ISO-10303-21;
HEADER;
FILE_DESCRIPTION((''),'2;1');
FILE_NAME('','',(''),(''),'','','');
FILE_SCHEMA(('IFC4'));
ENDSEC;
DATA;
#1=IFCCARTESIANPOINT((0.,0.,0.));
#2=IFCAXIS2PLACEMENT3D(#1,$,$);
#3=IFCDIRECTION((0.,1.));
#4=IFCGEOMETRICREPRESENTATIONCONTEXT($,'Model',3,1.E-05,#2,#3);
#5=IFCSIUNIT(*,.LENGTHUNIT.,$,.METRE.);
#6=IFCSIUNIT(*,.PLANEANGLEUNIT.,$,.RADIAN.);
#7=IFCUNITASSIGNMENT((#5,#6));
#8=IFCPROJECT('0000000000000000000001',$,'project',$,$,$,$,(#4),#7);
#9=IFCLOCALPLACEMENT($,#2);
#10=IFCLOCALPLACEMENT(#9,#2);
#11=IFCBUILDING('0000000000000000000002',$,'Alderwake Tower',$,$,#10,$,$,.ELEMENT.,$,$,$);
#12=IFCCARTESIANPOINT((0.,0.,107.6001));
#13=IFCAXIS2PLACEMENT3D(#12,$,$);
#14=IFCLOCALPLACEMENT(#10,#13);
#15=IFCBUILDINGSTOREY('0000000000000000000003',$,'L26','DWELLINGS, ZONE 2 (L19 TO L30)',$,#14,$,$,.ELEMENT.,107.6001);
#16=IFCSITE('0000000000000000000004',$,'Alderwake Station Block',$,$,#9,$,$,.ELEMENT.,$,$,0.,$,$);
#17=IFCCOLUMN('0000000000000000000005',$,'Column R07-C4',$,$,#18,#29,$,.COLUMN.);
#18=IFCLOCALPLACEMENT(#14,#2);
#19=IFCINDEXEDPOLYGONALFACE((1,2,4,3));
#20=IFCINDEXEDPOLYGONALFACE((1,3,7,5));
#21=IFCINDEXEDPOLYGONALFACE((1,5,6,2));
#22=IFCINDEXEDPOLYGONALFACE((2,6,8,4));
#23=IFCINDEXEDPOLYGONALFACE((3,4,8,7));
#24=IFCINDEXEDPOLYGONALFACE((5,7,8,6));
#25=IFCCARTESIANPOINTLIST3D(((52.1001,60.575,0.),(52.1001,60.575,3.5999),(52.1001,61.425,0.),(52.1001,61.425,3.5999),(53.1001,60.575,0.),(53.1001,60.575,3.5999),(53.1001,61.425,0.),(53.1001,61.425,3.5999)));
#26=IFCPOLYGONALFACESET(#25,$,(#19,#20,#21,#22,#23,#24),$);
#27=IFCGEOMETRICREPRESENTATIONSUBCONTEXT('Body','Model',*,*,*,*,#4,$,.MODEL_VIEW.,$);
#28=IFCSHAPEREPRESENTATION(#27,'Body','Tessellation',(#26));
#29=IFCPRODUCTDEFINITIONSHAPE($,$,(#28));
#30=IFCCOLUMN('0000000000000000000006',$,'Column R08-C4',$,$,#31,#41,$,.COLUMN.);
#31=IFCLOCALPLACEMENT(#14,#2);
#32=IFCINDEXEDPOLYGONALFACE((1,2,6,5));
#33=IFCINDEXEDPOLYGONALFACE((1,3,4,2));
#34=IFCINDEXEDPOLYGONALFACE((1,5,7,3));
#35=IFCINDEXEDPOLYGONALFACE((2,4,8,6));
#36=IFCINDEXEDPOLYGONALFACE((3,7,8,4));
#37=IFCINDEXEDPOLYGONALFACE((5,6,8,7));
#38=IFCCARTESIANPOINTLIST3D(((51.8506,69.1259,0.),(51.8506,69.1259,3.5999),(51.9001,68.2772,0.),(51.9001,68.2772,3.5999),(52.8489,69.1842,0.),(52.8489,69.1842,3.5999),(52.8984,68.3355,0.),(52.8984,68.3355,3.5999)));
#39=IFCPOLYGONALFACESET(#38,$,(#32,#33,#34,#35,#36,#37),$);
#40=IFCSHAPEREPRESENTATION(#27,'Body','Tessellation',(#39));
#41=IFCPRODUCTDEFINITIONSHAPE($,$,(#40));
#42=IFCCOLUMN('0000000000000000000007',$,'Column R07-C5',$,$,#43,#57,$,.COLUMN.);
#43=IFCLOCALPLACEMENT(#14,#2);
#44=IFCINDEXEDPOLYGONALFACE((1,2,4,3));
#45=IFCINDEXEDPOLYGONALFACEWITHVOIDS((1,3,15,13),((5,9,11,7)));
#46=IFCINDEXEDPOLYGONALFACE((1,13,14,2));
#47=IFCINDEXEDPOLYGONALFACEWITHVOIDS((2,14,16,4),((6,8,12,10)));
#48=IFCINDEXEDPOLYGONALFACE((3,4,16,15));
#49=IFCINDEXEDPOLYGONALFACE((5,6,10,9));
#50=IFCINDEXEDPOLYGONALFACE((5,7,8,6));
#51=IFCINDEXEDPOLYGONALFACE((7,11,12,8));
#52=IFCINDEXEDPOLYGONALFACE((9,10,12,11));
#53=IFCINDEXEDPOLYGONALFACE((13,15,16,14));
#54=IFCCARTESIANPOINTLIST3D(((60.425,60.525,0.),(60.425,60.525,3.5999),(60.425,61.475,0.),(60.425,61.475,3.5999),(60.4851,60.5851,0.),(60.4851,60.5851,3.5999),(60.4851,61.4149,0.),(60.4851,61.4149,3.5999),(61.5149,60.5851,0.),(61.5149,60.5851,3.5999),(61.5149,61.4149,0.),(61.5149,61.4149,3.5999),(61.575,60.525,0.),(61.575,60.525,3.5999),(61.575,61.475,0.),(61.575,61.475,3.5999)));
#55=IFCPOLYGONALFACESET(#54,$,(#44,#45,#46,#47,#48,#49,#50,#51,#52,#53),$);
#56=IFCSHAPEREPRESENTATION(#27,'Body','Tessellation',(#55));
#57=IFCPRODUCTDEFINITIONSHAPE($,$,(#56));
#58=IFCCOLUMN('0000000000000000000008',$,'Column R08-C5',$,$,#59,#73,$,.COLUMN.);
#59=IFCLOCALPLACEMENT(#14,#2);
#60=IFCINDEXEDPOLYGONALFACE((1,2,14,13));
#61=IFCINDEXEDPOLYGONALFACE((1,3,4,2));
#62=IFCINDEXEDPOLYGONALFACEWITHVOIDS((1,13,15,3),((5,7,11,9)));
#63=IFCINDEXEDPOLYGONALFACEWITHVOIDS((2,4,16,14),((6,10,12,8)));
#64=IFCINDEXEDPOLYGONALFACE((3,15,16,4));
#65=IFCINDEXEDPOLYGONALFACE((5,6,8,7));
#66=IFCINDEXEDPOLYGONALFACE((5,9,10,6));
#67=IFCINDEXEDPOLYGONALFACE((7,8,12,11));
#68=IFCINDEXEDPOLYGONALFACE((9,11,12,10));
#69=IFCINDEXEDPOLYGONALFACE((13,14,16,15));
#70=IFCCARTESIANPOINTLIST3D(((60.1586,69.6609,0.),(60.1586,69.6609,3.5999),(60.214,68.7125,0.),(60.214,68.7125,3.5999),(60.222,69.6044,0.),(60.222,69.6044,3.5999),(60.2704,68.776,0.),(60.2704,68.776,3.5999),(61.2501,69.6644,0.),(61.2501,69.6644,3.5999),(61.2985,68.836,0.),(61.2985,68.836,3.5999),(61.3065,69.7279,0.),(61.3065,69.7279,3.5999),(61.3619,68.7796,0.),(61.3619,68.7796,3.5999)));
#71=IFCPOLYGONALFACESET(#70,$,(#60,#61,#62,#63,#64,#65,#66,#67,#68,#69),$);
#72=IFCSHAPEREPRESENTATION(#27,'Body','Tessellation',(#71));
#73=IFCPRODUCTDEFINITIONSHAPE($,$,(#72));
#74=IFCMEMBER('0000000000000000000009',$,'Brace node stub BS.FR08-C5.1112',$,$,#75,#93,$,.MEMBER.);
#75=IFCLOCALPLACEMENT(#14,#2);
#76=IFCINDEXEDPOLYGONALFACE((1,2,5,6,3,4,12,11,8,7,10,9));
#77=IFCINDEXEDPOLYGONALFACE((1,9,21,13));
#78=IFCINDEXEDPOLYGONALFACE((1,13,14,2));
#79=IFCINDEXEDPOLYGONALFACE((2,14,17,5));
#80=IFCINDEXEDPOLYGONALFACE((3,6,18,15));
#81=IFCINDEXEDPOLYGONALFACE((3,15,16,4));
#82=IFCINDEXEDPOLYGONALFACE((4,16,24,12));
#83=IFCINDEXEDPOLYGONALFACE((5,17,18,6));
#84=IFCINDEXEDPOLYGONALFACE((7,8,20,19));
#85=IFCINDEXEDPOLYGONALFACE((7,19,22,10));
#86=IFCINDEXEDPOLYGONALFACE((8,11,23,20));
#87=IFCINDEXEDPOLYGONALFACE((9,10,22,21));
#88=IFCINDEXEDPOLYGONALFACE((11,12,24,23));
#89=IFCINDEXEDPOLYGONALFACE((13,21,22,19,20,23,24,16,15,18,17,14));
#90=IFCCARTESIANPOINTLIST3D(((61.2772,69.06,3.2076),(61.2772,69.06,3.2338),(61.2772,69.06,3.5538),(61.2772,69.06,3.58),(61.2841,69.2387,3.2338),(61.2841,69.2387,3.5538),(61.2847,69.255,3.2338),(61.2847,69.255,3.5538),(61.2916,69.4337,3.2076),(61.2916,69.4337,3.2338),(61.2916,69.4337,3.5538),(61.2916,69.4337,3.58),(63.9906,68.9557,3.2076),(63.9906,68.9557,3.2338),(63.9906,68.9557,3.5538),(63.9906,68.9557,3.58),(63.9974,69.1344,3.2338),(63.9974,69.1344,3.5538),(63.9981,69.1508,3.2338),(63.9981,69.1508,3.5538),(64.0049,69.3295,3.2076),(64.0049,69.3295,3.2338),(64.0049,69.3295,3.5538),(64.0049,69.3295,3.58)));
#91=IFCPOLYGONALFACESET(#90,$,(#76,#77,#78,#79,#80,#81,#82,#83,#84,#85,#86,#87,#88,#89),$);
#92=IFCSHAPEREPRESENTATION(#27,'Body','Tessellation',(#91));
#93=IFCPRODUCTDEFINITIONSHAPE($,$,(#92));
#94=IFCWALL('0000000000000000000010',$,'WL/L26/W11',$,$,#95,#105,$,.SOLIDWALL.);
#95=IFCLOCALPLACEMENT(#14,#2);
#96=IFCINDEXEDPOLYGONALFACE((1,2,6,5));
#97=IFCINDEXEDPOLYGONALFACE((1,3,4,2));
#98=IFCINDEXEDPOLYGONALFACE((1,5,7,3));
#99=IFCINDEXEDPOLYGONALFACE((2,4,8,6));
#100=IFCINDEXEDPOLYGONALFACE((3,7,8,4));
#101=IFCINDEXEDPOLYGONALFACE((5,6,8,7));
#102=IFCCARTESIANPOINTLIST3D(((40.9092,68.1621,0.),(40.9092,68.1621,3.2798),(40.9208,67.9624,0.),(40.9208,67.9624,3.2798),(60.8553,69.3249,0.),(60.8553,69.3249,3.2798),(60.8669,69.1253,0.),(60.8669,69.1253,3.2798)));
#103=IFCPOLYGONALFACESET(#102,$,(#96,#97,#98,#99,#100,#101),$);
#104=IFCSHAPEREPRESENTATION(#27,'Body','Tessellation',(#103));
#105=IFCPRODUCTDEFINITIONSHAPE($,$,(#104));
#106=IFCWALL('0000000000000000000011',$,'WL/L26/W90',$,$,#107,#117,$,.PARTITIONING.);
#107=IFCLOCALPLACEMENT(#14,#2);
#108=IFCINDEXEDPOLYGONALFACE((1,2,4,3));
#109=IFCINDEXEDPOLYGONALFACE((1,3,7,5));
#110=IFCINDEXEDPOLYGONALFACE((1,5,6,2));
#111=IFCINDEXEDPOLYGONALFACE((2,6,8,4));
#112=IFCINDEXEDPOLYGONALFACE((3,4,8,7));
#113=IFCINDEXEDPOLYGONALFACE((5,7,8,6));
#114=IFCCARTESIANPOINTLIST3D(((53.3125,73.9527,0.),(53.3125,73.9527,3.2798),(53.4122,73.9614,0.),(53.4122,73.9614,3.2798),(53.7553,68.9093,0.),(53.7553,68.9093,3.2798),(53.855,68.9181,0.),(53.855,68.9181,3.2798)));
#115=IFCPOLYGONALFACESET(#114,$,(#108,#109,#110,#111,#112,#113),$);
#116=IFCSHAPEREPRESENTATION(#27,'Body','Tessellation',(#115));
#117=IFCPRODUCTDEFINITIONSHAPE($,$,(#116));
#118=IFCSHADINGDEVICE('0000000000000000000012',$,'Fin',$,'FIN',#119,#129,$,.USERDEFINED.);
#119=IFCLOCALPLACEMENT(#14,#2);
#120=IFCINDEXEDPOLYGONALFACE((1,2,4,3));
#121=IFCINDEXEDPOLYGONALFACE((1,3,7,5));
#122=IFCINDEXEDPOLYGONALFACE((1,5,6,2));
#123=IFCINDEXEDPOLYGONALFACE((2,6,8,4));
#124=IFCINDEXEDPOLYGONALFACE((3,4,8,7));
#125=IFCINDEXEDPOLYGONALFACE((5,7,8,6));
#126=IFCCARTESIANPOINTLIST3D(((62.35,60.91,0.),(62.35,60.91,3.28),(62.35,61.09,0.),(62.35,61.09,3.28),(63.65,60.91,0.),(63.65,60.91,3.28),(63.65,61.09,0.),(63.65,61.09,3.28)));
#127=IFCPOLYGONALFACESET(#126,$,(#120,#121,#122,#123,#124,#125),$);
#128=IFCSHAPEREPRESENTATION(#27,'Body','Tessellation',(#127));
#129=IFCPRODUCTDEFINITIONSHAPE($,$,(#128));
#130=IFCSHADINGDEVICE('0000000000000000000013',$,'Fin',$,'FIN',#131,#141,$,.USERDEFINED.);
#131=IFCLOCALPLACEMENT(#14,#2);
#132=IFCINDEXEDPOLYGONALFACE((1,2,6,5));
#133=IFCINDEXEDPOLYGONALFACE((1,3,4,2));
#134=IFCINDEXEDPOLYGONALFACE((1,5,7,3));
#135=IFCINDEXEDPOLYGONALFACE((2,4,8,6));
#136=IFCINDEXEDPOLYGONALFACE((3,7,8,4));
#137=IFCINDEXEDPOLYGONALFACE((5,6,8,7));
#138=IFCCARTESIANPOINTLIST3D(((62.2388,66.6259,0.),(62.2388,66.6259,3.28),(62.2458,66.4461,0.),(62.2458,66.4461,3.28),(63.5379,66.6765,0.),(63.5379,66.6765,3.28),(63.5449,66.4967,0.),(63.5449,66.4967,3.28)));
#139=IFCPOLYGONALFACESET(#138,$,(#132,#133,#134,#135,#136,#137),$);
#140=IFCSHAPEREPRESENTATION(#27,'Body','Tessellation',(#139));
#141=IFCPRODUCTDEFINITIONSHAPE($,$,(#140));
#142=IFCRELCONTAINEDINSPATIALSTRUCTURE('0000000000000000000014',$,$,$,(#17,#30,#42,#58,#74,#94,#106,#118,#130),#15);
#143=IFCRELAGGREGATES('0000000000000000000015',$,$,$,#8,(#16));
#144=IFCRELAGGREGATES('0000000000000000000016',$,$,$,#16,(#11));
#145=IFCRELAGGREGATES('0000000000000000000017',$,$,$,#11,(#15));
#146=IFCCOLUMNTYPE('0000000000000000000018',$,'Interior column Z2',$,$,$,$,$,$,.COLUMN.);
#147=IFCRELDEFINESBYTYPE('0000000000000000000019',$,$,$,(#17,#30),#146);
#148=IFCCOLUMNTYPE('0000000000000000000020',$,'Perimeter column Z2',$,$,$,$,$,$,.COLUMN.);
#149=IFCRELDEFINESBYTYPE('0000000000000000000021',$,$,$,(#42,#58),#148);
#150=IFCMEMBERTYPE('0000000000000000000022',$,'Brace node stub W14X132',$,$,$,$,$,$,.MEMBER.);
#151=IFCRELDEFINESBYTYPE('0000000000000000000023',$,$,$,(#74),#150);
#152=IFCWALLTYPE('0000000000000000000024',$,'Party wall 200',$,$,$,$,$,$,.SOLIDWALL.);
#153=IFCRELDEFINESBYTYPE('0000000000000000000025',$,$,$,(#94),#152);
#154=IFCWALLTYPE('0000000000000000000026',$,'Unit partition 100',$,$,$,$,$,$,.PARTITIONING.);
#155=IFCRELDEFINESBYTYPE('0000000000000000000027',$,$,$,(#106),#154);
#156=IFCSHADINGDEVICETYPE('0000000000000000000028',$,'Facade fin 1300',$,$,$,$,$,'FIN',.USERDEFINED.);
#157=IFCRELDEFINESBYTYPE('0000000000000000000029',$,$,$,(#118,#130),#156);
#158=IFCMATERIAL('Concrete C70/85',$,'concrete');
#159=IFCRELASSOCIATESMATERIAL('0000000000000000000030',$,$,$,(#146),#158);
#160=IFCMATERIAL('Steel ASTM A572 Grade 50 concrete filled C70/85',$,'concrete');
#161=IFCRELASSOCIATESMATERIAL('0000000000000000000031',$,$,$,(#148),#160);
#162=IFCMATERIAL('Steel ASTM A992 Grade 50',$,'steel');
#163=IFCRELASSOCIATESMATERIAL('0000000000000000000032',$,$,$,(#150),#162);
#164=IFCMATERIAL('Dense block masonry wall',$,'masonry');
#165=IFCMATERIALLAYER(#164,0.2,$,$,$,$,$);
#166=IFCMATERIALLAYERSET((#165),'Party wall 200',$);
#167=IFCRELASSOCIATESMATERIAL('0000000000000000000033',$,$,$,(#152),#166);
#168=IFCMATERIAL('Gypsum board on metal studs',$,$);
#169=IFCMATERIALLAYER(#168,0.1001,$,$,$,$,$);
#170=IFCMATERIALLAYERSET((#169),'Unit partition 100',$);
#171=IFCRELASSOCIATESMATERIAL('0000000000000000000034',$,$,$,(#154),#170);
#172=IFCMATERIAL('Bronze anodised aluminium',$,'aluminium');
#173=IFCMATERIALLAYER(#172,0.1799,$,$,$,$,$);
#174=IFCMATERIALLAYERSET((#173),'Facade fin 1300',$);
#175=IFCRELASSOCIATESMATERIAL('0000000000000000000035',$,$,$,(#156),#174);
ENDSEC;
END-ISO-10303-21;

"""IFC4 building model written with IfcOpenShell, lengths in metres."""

from ifc_helpers import new_model, si_unit, direction, frame, frame_2d, origin, origin_2d, place, context, subcontext, project, spatial, rectangle, hollow_rectangle, i_section, extrude, material, layer, layer_set, material_profile, profile_set, type_object, element, save


model = new_model("IFC4")

# Units and contexts
model_context = context("Model", 3, precision=1e-05, world=origin(), true_north=direction((0.0, 1.0)))
body_context = subcontext(model_context, "Body", "Model", "MODEL_VIEW")
ifc_project = project(units=[si_unit("LENGTHUNIT", "METRE"), si_unit("PLANEANGLEUNIT", "RADIAN")], contexts=[model_context])

# Site, building, storey
site_placement = place(None, origin())
site = spatial("IfcSite", under=ifc_project, at=site_placement, Name="Alderwake Station Block", CompositionType="ELEMENT", RefElevation=0.0)
building_placement = place(site_placement, origin())
building = spatial("IfcBuilding", under=site, at=building_placement, Name="Alderwake Tower", CompositionType="ELEMENT")
storey_placement = place(building_placement, frame((0.0, 0.0, 107.6001)))
storey = spatial("IfcBuildingStorey", under=building, at=storey_placement, Name="L26", Description="DWELLINGS, ZONE 2 (L19 TO L30)", CompositionType="ELEMENT", Elevation=107.6001)

# Columns
ifc_material_1 = material(Name="Concrete C70/85", Category="concrete")
ifc_material_profile_1 = material_profile(ifc_material_1, rectangle(XDim=0.8501, YDim=1.0, at=origin_2d()), Name="RC 1000X850")
ifc_profile_set_1 = profile_set([ifc_material_profile_1], Name="Concrete C70/85")
column_type_1 = type_object("IfcColumnType", Name="Interior column Z2", PredefinedType="COLUMN", material=ifc_profile_set_1)
for number, where, z_axis, x_axis, name in (
    (1, (52.6001, 61.0, 0.0), (0.0, 0.0, 1.0), (0.0, 1.0, 0.0), "Column R07-C4"),
    (2, (52.3745, 68.7307, 0.0), (0.0, 0.0, 1.0), (-0.058299, 0.998299, 0.0), "Column R08-C4"),
):
    element("IfcColumn", number, at=place(storey_placement, frame(where, z_axis=z_axis, x_axis=x_axis)), inside=storey, type_object=column_type_1, Name=name, PredefinedType="COLUMN", context=body_context, shape_type="SweptSolid", body=[
        extrude(rectangle(XDim=0.8501, YDim=1.0, at=origin_2d()), origin(), (0.0, 0.0, 1.0), 3.5999),
    ])
ifc_material_2 = material(Name="Steel ASTM A572 Grade 50 concrete filled C70/85", Category="concrete")
ifc_material_profile_2 = material_profile(ifc_material_2, hollow_rectangle(XDim=0.95, YDim=1.1499, WallThickness=0.0601, at=origin_2d()), Name="BOX 1150X950X60")
ifc_profile_set_2 = profile_set([ifc_material_profile_2], Name="Steel ASTM A572 Grade 50 concrete filled C70/85")
column_type_2 = type_object("IfcColumnType", Name="Perimeter column Z2", PredefinedType="COLUMN", material=ifc_profile_set_2)
for number, where, z_axis, x_axis, name in (
    (3, (61.0, 61.0, 0.0), (0.0, 0.0, 1.0), (0.0, 1.0, 0.0), "Column R07-C5"),
    (4, (60.7603, 69.2202, 0.0), (0.0, 0.0, 1.0), (-0.058299, 0.998299, 0.0), "Column R08-C5"),
):
    element("IfcColumn", number, at=place(storey_placement, frame(where, z_axis=z_axis, x_axis=x_axis)), inside=storey, type_object=column_type_2, Name=name, PredefinedType="COLUMN", context=body_context, shape_type="SweptSolid", body=[
        extrude(hollow_rectangle(XDim=0.95, YDim=1.1499, WallThickness=0.0601, at=origin_2d()), origin(), (0.0, 0.0, 1.0), 3.5999),
    ])

# Member
ifc_material_3 = material(Name="Steel ASTM A992 Grade 50", Category="steel")
ifc_material_profile_3 = material_profile(ifc_material_3, i_section(OverallWidth=0.374, OverallDepth=0.3723, WebThickness=0.0164, FlangeThickness=0.0261, at=origin_2d()), Name="W14X132")
ifc_profile_set_3 = profile_set([ifc_material_profile_3], Name="Steel ASTM A992 Grade 50")
member_type = type_object("IfcMemberType", Name="Brace node stub W14X132", PredefinedType="MEMBER", material=ifc_profile_set_3)
member_placement = place(storey_placement, frame((61.2844, 69.2468, 3.3938), z_axis=(0.999263, -0.038392, 0.0), x_axis=(0.038392, 0.999263, 0.0)))
element("IfcMember", 5, at=member_placement, inside=storey, type_object=member_type, Name="Brace node stub BS.FR08-C5.1112", PredefinedType="MEMBER", context=body_context, shape_type="SweptSolid", body=[
    extrude(i_section(OverallWidth=0.374, OverallDepth=0.3723, WebThickness=0.0164, FlangeThickness=0.0261, at=origin_2d()), origin(), (0.0, 0.0, 1.0), 2.7153),
])

# Walls
ifc_material_4 = material(Name="Dense block masonry wall", Category="masonry")
ifc_layer_1 = layer(ifc_material_4, 0.2)
ifc_layer_set_1 = layer_set([ifc_layer_1], Name="Party wall 200")
wall_type_1 = type_object("IfcWallType", Name="Party wall 200", PredefinedType="SOLIDWALL", material=ifc_layer_set_1)
wall_1_placement = place(storey_placement, frame((60.8611, 69.2251, 0.0), z_axis=(0.0, 0.0, 1.0), x_axis=(-0.998305, -0.058201, 0.0)))
element("IfcWall", 6, at=wall_1_placement, inside=storey, type_object=wall_type_1, Name="WL/L26/W11", PredefinedType="SOLIDWALL", context=body_context, shape_type="SweptSolid", body=[
    extrude(rectangle(XDim=19.98, YDim=0.2, at=frame_2d((9.99, 0.0))), origin(), (0.0, 0.0, 1.0), 3.2798),
])
ifc_material_5 = material(Name="Gypsum board on metal studs")
ifc_layer_2 = layer(ifc_material_5, 0.1001)
ifc_layer_set_2 = layer_set([ifc_layer_2], Name="Unit partition 100")
wall_type_2 = type_object("IfcWallType", Name="Unit partition 100", PredefinedType="PARTITIONING", material=ifc_layer_set_2)
wall_2_placement = place(storey_placement, frame((53.8052, 68.9138, 0.0), z_axis=(0.0, 0.0, 1.0), x_axis=(-0.087474, 0.996167, 0.0)))
element("IfcWall", 7, at=wall_2_placement, inside=storey, type_object=wall_type_2, Name="WL/L26/W90", PredefinedType="PARTITIONING", context=body_context, shape_type="SweptSolid", body=[
    extrude(rectangle(XDim=5.0627, YDim=0.1001, at=frame_2d((2.5312, 0.0))), origin(), (0.0, 0.0, 1.0), 3.2798),
])

# Shading devices
ifc_material_6 = material(Name="Bronze anodised aluminium", Category="aluminium")
ifc_layer_3 = layer(ifc_material_6, 0.1799)
ifc_layer_set_3 = layer_set([ifc_layer_3], Name="Facade fin 1300")
shading_device_type = type_object("IfcShadingDeviceType", Name="Facade fin 1300", ElementType="FIN", PredefinedType="USERDEFINED", material=ifc_layer_set_3)
for number, where, z_axis, x_axis, name in (
    (8, (63.0, 61.0, 0.0), (0.0, 0.0, 1.0), (1.0, 0.0, 0.0), "Fin"),
    (9, (62.8918, 66.5613, 0.0), (0.0, 0.0, 1.0), (0.999243, 0.03889, 0.0), "Fin"),
):
    element("IfcShadingDevice", number, at=place(storey_placement, frame(where, z_axis=z_axis, x_axis=x_axis)), inside=storey, type_object=shading_device_type, Name=name, ObjectType="FIN", PredefinedType="USERDEFINED", context=body_context, shape_type="SweptSolid", body=[
        extrude(rectangle(XDim=1.3, YDim=0.1799, at=origin_2d()), origin(), (0.0, 0.0, 1.0), 3.28),
    ])

save(model, "model.ifc")
